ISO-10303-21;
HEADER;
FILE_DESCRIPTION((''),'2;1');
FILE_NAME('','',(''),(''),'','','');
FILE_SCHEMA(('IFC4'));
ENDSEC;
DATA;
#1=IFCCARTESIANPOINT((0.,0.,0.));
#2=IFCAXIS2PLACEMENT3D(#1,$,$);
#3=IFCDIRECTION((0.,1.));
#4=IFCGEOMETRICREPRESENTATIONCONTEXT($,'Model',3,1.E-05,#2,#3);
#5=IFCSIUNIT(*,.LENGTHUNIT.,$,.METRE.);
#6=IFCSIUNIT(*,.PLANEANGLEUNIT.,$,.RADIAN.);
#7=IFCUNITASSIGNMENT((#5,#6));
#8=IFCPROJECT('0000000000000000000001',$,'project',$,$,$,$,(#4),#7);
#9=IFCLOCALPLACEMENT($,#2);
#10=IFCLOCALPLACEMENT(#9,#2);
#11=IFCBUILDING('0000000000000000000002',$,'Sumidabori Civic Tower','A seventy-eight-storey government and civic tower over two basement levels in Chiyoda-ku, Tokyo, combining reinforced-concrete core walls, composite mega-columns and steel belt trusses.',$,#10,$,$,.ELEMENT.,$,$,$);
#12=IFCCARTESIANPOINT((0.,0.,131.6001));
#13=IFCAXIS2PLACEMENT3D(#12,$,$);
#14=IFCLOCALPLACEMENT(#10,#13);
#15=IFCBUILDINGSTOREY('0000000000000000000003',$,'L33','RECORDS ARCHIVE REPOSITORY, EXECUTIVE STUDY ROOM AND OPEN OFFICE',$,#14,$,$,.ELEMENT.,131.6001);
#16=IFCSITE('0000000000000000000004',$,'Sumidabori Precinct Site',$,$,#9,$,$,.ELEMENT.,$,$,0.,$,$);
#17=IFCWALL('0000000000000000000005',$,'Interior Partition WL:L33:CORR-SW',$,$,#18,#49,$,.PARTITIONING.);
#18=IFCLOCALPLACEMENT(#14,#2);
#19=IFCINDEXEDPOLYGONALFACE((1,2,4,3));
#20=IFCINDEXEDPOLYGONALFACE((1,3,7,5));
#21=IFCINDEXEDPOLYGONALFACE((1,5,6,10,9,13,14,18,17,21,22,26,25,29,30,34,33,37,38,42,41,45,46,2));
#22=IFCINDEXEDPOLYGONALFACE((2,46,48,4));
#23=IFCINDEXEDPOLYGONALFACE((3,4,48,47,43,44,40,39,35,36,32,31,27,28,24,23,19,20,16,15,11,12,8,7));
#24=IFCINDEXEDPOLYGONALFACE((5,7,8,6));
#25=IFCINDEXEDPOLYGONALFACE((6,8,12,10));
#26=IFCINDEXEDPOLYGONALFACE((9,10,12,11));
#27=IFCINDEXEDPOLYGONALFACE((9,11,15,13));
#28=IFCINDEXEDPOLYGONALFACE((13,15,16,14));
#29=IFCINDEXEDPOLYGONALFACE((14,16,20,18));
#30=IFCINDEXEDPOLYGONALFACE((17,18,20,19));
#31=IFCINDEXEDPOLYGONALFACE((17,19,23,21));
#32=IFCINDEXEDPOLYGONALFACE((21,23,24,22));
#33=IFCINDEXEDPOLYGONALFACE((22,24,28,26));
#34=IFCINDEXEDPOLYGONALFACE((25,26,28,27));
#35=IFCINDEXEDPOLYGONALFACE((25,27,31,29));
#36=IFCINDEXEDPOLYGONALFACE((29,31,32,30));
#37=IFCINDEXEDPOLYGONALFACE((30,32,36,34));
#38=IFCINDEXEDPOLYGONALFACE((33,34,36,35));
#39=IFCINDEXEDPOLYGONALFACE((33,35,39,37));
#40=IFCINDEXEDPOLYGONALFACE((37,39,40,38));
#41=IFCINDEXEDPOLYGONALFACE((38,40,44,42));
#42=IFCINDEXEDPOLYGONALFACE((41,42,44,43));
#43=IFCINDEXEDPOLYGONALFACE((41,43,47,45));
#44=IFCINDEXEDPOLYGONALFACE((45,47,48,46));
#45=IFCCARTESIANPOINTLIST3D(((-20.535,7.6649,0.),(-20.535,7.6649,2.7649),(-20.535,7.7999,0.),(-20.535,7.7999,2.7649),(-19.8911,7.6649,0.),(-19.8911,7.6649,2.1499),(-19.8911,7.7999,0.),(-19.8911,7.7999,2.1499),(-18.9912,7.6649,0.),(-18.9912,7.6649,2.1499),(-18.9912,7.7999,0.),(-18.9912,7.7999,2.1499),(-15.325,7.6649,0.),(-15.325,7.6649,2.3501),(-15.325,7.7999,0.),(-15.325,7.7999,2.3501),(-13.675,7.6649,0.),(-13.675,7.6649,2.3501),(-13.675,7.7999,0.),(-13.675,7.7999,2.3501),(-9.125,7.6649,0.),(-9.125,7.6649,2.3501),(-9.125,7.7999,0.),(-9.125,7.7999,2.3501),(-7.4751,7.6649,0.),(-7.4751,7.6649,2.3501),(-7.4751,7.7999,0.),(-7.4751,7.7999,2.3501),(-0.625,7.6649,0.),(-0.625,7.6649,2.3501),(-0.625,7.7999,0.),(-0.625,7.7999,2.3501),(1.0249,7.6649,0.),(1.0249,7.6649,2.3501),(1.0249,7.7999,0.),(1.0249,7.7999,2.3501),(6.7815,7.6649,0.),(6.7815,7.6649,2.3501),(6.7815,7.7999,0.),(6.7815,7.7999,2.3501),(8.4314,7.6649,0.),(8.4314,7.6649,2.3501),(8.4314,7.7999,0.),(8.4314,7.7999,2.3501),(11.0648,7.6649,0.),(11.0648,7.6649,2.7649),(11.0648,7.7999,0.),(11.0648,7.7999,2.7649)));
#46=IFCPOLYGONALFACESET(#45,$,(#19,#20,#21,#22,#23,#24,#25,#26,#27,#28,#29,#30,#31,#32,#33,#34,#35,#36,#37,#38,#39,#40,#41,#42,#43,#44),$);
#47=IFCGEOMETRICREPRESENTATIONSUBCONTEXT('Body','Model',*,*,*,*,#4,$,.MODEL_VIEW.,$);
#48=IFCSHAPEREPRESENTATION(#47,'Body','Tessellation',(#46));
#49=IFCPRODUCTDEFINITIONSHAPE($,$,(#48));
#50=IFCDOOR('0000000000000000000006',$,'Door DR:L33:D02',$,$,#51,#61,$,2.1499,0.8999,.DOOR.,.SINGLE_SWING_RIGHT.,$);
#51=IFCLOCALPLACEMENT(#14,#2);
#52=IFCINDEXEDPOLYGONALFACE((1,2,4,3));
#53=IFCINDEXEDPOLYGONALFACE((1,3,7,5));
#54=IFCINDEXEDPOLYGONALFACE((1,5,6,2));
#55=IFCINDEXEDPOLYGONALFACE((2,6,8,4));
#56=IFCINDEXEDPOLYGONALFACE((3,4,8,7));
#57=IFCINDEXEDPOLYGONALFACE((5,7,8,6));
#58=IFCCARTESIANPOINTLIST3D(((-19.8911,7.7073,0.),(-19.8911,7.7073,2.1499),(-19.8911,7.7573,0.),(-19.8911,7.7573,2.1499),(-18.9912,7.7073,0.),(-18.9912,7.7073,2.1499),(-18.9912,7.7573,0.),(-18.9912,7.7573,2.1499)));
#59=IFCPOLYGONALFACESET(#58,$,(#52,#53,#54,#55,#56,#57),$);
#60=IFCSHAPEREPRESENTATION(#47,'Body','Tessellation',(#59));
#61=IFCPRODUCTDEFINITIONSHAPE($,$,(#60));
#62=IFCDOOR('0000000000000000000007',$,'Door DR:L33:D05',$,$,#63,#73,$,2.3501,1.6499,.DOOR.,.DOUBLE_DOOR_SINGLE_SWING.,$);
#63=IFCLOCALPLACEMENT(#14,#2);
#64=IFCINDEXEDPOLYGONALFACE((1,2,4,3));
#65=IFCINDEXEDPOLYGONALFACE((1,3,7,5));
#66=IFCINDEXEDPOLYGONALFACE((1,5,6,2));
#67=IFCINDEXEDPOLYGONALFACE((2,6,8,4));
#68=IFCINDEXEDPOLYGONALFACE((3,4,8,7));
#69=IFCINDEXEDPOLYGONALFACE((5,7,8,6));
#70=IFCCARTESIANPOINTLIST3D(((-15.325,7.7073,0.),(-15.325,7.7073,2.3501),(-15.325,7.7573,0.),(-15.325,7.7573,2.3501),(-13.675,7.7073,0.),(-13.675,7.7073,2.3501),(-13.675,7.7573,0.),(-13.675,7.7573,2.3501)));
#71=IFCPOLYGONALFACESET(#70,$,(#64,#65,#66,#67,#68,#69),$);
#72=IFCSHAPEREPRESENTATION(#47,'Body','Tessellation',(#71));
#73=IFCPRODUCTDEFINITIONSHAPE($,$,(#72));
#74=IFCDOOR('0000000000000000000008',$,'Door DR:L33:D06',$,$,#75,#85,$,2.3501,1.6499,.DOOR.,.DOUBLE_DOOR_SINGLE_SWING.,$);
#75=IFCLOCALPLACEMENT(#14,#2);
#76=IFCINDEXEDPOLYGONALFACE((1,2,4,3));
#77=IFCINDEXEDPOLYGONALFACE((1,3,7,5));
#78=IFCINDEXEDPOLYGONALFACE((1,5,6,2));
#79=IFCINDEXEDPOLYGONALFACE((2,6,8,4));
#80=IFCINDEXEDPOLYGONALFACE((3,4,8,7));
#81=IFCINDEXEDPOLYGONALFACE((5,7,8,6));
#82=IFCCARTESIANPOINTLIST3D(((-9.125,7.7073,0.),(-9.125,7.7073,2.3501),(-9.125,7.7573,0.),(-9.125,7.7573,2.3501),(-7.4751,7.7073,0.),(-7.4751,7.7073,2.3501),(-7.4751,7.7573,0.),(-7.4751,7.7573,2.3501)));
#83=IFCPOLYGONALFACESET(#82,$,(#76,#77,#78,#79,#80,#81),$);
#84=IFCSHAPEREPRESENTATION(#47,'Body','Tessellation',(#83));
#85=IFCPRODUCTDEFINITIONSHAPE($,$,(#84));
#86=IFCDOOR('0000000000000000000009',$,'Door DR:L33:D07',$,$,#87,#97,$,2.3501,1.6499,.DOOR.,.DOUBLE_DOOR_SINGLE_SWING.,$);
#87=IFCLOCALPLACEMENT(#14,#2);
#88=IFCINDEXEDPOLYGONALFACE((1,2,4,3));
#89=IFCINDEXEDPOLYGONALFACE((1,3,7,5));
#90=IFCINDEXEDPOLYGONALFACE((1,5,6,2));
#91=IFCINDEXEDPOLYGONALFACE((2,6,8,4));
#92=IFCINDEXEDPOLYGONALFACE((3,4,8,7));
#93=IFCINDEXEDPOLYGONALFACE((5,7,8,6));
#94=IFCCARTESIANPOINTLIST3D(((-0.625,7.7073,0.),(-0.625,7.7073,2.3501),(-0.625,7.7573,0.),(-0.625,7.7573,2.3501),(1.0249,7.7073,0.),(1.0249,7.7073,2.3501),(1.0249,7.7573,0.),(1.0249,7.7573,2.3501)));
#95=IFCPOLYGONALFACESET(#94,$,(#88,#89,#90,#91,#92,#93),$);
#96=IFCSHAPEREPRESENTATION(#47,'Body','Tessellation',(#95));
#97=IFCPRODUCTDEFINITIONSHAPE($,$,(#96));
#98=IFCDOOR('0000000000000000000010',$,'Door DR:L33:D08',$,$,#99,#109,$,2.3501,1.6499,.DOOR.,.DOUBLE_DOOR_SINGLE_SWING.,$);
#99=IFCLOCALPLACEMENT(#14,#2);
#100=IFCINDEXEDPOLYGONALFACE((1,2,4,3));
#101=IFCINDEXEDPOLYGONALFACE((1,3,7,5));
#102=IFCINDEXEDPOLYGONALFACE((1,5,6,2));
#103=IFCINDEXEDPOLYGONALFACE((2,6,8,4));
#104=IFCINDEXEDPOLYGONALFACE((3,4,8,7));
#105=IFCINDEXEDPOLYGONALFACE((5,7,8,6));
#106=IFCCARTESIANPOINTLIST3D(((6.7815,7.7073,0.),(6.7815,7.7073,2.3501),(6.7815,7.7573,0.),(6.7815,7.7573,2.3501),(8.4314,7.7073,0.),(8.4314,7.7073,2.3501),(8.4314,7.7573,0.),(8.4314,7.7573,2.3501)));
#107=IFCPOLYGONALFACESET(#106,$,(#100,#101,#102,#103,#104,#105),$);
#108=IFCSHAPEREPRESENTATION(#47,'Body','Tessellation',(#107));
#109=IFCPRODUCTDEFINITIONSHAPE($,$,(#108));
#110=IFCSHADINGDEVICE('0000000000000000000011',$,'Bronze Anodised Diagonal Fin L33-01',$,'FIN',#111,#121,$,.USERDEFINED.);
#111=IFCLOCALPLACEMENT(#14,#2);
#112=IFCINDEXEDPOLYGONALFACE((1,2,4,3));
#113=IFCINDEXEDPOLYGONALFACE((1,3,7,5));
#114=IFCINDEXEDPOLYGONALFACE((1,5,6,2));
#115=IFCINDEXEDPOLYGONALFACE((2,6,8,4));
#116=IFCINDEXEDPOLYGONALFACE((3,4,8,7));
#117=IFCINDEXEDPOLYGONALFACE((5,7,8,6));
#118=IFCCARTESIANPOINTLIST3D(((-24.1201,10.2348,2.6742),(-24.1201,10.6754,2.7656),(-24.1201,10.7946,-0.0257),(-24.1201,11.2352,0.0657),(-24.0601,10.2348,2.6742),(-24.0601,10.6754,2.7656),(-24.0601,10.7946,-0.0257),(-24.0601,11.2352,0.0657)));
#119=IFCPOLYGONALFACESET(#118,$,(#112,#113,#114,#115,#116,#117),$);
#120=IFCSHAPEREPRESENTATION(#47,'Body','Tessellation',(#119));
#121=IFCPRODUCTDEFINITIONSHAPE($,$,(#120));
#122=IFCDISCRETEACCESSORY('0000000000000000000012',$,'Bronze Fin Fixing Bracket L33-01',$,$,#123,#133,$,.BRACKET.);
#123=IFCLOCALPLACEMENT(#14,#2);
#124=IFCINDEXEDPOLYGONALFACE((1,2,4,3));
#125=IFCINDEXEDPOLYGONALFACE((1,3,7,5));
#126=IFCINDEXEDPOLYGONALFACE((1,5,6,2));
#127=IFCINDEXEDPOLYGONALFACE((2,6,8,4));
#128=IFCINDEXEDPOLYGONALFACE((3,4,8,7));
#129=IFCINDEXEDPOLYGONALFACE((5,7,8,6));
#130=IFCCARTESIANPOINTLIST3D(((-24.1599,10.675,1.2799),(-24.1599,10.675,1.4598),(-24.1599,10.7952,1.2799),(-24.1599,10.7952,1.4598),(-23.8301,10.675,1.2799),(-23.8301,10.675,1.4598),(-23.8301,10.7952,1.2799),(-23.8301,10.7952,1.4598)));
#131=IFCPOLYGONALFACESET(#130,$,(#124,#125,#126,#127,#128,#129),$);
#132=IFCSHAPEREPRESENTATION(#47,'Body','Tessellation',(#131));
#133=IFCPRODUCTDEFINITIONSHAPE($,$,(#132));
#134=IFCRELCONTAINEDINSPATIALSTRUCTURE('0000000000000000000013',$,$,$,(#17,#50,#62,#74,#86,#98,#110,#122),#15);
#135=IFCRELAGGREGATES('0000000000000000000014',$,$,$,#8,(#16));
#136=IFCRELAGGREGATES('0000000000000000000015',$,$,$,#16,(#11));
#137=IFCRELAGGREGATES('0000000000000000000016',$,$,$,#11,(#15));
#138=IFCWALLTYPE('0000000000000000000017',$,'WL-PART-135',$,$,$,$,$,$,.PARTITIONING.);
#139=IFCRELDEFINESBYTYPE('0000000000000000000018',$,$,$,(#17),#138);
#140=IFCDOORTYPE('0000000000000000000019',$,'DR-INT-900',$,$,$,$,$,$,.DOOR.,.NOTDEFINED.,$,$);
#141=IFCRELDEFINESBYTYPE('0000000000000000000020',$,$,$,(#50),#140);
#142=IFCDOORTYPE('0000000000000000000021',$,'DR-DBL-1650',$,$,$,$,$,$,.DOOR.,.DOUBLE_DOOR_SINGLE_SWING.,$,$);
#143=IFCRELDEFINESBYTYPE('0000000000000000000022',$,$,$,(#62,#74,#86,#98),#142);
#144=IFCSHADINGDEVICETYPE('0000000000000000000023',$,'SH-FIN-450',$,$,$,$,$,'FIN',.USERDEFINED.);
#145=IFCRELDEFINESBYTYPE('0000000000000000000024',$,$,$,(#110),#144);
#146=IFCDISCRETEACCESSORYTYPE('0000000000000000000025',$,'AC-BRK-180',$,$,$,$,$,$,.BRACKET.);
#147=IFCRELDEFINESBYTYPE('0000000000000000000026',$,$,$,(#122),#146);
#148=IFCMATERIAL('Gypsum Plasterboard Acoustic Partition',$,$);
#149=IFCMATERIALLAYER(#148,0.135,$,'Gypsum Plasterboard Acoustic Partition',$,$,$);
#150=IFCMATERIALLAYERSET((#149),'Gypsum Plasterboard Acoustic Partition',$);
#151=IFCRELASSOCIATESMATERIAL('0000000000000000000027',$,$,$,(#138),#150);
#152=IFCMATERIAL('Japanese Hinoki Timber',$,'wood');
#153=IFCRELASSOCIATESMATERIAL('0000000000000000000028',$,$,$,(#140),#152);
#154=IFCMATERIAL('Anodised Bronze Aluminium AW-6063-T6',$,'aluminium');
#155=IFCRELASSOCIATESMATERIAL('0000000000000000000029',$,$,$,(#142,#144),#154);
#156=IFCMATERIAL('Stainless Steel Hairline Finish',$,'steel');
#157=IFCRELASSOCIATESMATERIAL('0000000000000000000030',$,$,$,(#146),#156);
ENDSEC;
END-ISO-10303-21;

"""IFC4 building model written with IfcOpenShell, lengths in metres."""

from ifc_helpers import new_model, si_unit, direction, frame, frame_2d, origin, origin_2d, place, context, subcontext, project, spatial, rectangle, extrude, source, transform, mapped, material, layer, layer_set, material_profile, profile_set, type_object, element, fill, save


model = new_model("IFC4")

# Units and contexts
model_context = context("Model", 3, precision=1e-05, world=origin(), true_north=direction((0.0, 1.0)))
body_context = subcontext(model_context, "Body", "Model", "MODEL_VIEW")
ifc_project = project(units=[si_unit("LENGTHUNIT", "METRE"), si_unit("PLANEANGLEUNIT", "RADIAN")], contexts=[model_context])

# Site, building, storey
site_placement = place(None, origin())
site = spatial("IfcSite", under=ifc_project, at=site_placement, Name="Sumidabori Precinct Site", CompositionType="ELEMENT", RefElevation=0.0)
building_placement = place(site_placement, origin())
building = spatial("IfcBuilding", under=site, at=building_placement, Name="Sumidabori Civic Tower", Description="A seventy-eight-storey government and civic tower over two basement levels in Chiyoda-ku, Tokyo, combining reinforced-concrete core walls, composite mega-columns and steel belt trusses.", CompositionType="ELEMENT")
storey_placement = place(building_placement, frame((0.0, 0.0, 131.6001)))
storey = spatial("IfcBuildingStorey", under=building, at=storey_placement, Name="L33", Description="RECORDS ARCHIVE REPOSITORY, EXECUTIVE STUDY ROOM AND OPEN OFFICE", CompositionType="ELEMENT", Elevation=131.6001)

# Shared definitions
ifc_material_1 = material(Name="Anodised Bronze Aluminium AW-6063-T6", Category="aluminium")

# Shared definitions
ifc_material_2 = material(Name="Gypsum Plasterboard Acoustic Partition")
ifc_layer_1 = layer(ifc_material_2, 0.135, Name="Gypsum Plasterboard Acoustic Partition")
ifc_layer_set_1 = layer_set([ifc_layer_1], Name="Gypsum Plasterboard Acoustic Partition")
wall_type = type_object("IfcWallType", Name="WL-PART-135", PredefinedType="PARTITIONING", material=ifc_layer_set_1)
ifc_material_3 = material(Name="Japanese Hinoki Timber", Category="wood")
door_type_1 = type_object("IfcDoorType", Name="DR-INT-900", OperationType="NOTDEFINED", PredefinedType="DOOR", material=ifc_material_3)
shared_shape_1 = source(origin(), body_context, "Body", "SweptSolid", [
    extrude(rectangle(XDim=0.8999, YDim=2.1499, at=frame_2d((0.45, 1.075))), frame((0.0, 0.0249, 0.0), z_axis=(0.0, -1.0, 0.0), x_axis=(1.0, 0.0, 0.0)), (0.0, 0.0, 1.0), 0.05),
])

# Wall, openings, doors
shared_shape_2 = source(origin(), body_context, "Body", "SweptSolid", [
    extrude(rectangle(XDim=31.5999, YDim=0.135, at=frame_2d((15.7998, 0.0))), origin(), (0.0, 0.0, 1.0), 2.7649),
])
wall_1_placement = place(storey_placement, frame((-20.5349, 7.7324, 0.0), z_axis=(0.0, 0.0, 1.0), x_axis=(1.0, 0.0, 0.0)))
wall_1 = element("IfcWall", 1, at=wall_1_placement, inside=storey, type_object=wall_type, Name="Interior Partition WL:L33:CORR-SW", PredefinedType="PARTITIONING", context=body_context, shape_type="MappedRepresentation", body=[
    mapped(shared_shape_2, transform((0.0, 0.0, 0.0), x_axis=(1.0, 0.0, 0.0), y_axis=(0.0, 1.0, 0.0), z_axis=(0.0, 0.0, 1.0), scale=1.0)),
])
opening_1_placement = place(wall_1_placement, frame((0.6438, 0.0, 0.0)))
opening_1 = element("IfcOpeningElement", 2, at=opening_1_placement, cuts=wall_1, PredefinedType="OPENING", context=body_context, shape_type="SweptSolid", body=[
    extrude(rectangle(XDim=0.8999, YDim=2.1499, at=frame_2d((0.45, 1.075))), frame((0.0, 0.0796, 0.0), z_axis=(0.0, -1.0, 0.0), x_axis=(1.0, 0.0, 0.0)), (0.0, 0.0, 1.0), 0.1589),
])
opening_2_placement = place(wall_1_placement, frame((5.21, 0.0, 0.0)))
opening_2 = element("IfcOpeningElement", 3, at=opening_2_placement, cuts=wall_1, PredefinedType="OPENING", context=body_context, shape_type="SweptSolid", body=[
    extrude(rectangle(XDim=1.6499, YDim=2.3501, at=frame_2d((0.825, 1.175))), frame((0.0, 0.0796, 0.0), z_axis=(0.0, -1.0, 0.0), x_axis=(1.0, 0.0, 0.0)), (0.0, 0.0, 1.0), 0.1589),
])
opening_3_placement = place(wall_1_placement, frame((11.4099, 0.0, 0.0)))
opening_3 = element("IfcOpeningElement", 4, at=opening_3_placement, cuts=wall_1, PredefinedType="OPENING", context=body_context, shape_type="SweptSolid", body=[
    extrude(rectangle(XDim=1.6499, YDim=2.3501, at=frame_2d((0.825, 1.175))), frame((0.0, 0.0796, 0.0), z_axis=(0.0, -1.0, 0.0), x_axis=(1.0, 0.0, 0.0)), (0.0, 0.0, 1.0), 0.1589),
])
opening_4_placement = place(wall_1_placement, frame((19.9099, 0.0, 0.0)))
opening_4 = element("IfcOpeningElement", 5, at=opening_4_placement, cuts=wall_1, PredefinedType="OPENING", context=body_context, shape_type="SweptSolid", body=[
    extrude(rectangle(XDim=1.6499, YDim=2.3501, at=frame_2d((0.825, 1.175))), frame((0.0, 0.0796, 0.0), z_axis=(0.0, -1.0, 0.0), x_axis=(1.0, 0.0, 0.0)), (0.0, 0.0, 1.0), 0.1589),
])
opening_5_placement = place(wall_1_placement, frame((27.3164, 0.0, 0.0)))
opening_5 = element("IfcOpeningElement", 6, at=opening_5_placement, cuts=wall_1, PredefinedType="OPENING", context=body_context, shape_type="SweptSolid", body=[
    extrude(rectangle(XDim=1.6499, YDim=2.3501, at=frame_2d((0.825, 1.175))), frame((0.0, 0.0796, 0.0), z_axis=(0.0, -1.0, 0.0), x_axis=(1.0, 0.0, 0.0)), (0.0, 0.0, 1.0), 0.1589),
])
door_1_placement = place(opening_1_placement, origin())
door_1 = element("IfcDoor", 7, at=door_1_placement, inside=storey, type_object=door_type_1, Name="Door DR:L33:D02", OperationType="SINGLE_SWING_RIGHT", OverallHeight=2.1499, OverallWidth=0.8999, PredefinedType="DOOR", context=body_context, shape_type="MappedRepresentation", body=[
    mapped(shared_shape_1, transform((0.0, 0.0, 0.0), x_axis=(1.0, 0.0, 0.0), y_axis=(0.0, 1.0, 0.0), z_axis=(0.0, 0.0, 1.0), scale=1.0)),
])
fill(opening_1, door_1)
door_type_2 = type_object("IfcDoorType", Name="DR-DBL-1650", OperationType="DOUBLE_DOOR_SINGLE_SWING", PredefinedType="DOOR", material=ifc_material_1)
shared_shape_3 = source(origin(), body_context, "Body", "SweptSolid", [
    extrude(rectangle(XDim=1.6499, YDim=2.3501, at=frame_2d((0.825, 1.175))), frame((0.0, 0.0249, 0.0), z_axis=(0.0, -1.0, 0.0), x_axis=(1.0, 0.0, 0.0)), (0.0, 0.0, 1.0), 0.05),
])
door_2_placement = place(opening_2_placement, origin())
door_2 = element("IfcDoor", 8, at=door_2_placement, inside=storey, type_object=door_type_2, Name="Door DR:L33:D05", OperationType="DOUBLE_DOOR_SINGLE_SWING", OverallHeight=2.3501, OverallWidth=1.6499, PredefinedType="DOOR", context=body_context, shape_type="MappedRepresentation", body=[
    mapped(shared_shape_3, transform((0.0, 0.0, 0.0), x_axis=(1.0, 0.0, 0.0), y_axis=(0.0, 1.0, 0.0), z_axis=(0.0, 0.0, 1.0), scale=1.0)),
])
fill(opening_2, door_2)
door_3_placement = place(opening_3_placement, origin())
door_3 = element("IfcDoor", 9, at=door_3_placement, inside=storey, type_object=door_type_2, Name="Door DR:L33:D06", OperationType="DOUBLE_DOOR_SINGLE_SWING", OverallHeight=2.3501, OverallWidth=1.6499, PredefinedType="DOOR", context=body_context, shape_type="MappedRepresentation", body=[
    mapped(shared_shape_3, transform((0.0, 0.0, 0.0), x_axis=(1.0, 0.0, 0.0), y_axis=(0.0, 1.0, 0.0), z_axis=(0.0, 0.0, 1.0), scale=1.0)),
])
fill(opening_3, door_3)
door_4_placement = place(opening_4_placement, origin())
door_4 = element("IfcDoor", 10, at=door_4_placement, inside=storey, type_object=door_type_2, Name="Door DR:L33:D07", OperationType="DOUBLE_DOOR_SINGLE_SWING", OverallHeight=2.3501, OverallWidth=1.6499, PredefinedType="DOOR", context=body_context, shape_type="MappedRepresentation", body=[
    mapped(shared_shape_3, transform((0.0, 0.0, 0.0), x_axis=(1.0, 0.0, 0.0), y_axis=(0.0, 1.0, 0.0), z_axis=(0.0, 0.0, 1.0), scale=1.0)),
])
fill(opening_4, door_4)
door_5_placement = place(opening_5_placement, origin())
door_5 = element("IfcDoor", 11, at=door_5_placement, inside=storey, type_object=door_type_2, Name="Door DR:L33:D08", OperationType="DOUBLE_DOOR_SINGLE_SWING", OverallHeight=2.3501, OverallWidth=1.6499, PredefinedType="DOOR", context=body_context, shape_type="MappedRepresentation", body=[
    mapped(shared_shape_3, transform((0.0, 0.0, 0.0), x_axis=(1.0, 0.0, 0.0), y_axis=(0.0, 1.0, 0.0), z_axis=(0.0, 0.0, 1.0), scale=1.0)),
])
fill(opening_5, door_5)

# Shading device
ifc_material_profile_1 = material_profile(ifc_material_1, rectangle(XDim=0.0601, YDim=0.45, at=origin_2d()), Name="BRONZE FIN 450x60")
ifc_profile_set_1 = profile_set([ifc_material_profile_1], Name="Anodised Bronze Aluminium AW-6063-T6")
shading_device_type = type_object("IfcShadingDeviceType", Name="SH-FIN-450", ElementType="FIN", PredefinedType="USERDEFINED", material=ifc_profile_set_1)
shared_shape_4 = source(origin(), body_context, "Body", "SweptSolid", [
    extrude(rectangle(XDim=0.0601, YDim=0.45, at=origin_2d()), origin(), (0.0, 0.0, 1.0), 2.7573),
])
shading_device_placement = place(storey_placement, frame((-24.0901, 11.0149, 0.02), z_axis=(0.0, -0.203024, 0.979174), x_axis=(-1.0, 0.0, 0.0)))
element("IfcShadingDevice", 12, at=shading_device_placement, inside=storey, type_object=shading_device_type, Name="Bronze Anodised Diagonal Fin L33-01", ObjectType="FIN", PredefinedType="USERDEFINED", context=body_context, shape_type="MappedRepresentation", body=[
    mapped(shared_shape_4, transform((0.0, 0.0, 0.0), x_axis=(1.0, 0.0, 0.0), y_axis=(0.0, 1.0, 0.0), z_axis=(0.0, 0.0, 1.0), scale=1.0)),
])

# Discrete accessory
ifc_material_4 = material(Name="Stainless Steel Hairline Finish", Category="steel")
ifc_material_profile_2 = material_profile(ifc_material_4, rectangle(XDim=0.1201, YDim=0.1799, at=origin_2d()), Name="STEEL BRACKET 180x120")
ifc_profile_set_2 = profile_set([ifc_material_profile_2], Name="Stainless Steel Hairline Finish")
discrete_accessory_type = type_object("IfcDiscreteAccessoryType", Name="AC-BRK-180", PredefinedType="BRACKET", material=ifc_profile_set_2)
shared_shape_5 = source(origin(), body_context, "Body", "SweptSolid", [
    extrude(rectangle(XDim=0.1201, YDim=0.1799, at=origin_2d()), origin(), (0.0, 0.0, 1.0), 0.3298),
])
discrete_accessory_placement = place(storey_placement, frame((-23.8301, 10.7351, 1.3699), z_axis=(-1.0, 0.0, 0.0), x_axis=(0.0, -1.0, 0.0)))
element("IfcDiscreteAccessory", 13, at=discrete_accessory_placement, inside=storey, type_object=discrete_accessory_type, Name="Bronze Fin Fixing Bracket L33-01", PredefinedType="BRACKET", context=body_context, shape_type="MappedRepresentation", body=[
    mapped(shared_shape_5, transform((0.0, 0.0, 0.0), x_axis=(1.0, 0.0, 0.0), y_axis=(0.0, 1.0, 0.0), z_axis=(0.0, 0.0, 1.0), scale=1.0)),
])

save(model, "model.ifc")
